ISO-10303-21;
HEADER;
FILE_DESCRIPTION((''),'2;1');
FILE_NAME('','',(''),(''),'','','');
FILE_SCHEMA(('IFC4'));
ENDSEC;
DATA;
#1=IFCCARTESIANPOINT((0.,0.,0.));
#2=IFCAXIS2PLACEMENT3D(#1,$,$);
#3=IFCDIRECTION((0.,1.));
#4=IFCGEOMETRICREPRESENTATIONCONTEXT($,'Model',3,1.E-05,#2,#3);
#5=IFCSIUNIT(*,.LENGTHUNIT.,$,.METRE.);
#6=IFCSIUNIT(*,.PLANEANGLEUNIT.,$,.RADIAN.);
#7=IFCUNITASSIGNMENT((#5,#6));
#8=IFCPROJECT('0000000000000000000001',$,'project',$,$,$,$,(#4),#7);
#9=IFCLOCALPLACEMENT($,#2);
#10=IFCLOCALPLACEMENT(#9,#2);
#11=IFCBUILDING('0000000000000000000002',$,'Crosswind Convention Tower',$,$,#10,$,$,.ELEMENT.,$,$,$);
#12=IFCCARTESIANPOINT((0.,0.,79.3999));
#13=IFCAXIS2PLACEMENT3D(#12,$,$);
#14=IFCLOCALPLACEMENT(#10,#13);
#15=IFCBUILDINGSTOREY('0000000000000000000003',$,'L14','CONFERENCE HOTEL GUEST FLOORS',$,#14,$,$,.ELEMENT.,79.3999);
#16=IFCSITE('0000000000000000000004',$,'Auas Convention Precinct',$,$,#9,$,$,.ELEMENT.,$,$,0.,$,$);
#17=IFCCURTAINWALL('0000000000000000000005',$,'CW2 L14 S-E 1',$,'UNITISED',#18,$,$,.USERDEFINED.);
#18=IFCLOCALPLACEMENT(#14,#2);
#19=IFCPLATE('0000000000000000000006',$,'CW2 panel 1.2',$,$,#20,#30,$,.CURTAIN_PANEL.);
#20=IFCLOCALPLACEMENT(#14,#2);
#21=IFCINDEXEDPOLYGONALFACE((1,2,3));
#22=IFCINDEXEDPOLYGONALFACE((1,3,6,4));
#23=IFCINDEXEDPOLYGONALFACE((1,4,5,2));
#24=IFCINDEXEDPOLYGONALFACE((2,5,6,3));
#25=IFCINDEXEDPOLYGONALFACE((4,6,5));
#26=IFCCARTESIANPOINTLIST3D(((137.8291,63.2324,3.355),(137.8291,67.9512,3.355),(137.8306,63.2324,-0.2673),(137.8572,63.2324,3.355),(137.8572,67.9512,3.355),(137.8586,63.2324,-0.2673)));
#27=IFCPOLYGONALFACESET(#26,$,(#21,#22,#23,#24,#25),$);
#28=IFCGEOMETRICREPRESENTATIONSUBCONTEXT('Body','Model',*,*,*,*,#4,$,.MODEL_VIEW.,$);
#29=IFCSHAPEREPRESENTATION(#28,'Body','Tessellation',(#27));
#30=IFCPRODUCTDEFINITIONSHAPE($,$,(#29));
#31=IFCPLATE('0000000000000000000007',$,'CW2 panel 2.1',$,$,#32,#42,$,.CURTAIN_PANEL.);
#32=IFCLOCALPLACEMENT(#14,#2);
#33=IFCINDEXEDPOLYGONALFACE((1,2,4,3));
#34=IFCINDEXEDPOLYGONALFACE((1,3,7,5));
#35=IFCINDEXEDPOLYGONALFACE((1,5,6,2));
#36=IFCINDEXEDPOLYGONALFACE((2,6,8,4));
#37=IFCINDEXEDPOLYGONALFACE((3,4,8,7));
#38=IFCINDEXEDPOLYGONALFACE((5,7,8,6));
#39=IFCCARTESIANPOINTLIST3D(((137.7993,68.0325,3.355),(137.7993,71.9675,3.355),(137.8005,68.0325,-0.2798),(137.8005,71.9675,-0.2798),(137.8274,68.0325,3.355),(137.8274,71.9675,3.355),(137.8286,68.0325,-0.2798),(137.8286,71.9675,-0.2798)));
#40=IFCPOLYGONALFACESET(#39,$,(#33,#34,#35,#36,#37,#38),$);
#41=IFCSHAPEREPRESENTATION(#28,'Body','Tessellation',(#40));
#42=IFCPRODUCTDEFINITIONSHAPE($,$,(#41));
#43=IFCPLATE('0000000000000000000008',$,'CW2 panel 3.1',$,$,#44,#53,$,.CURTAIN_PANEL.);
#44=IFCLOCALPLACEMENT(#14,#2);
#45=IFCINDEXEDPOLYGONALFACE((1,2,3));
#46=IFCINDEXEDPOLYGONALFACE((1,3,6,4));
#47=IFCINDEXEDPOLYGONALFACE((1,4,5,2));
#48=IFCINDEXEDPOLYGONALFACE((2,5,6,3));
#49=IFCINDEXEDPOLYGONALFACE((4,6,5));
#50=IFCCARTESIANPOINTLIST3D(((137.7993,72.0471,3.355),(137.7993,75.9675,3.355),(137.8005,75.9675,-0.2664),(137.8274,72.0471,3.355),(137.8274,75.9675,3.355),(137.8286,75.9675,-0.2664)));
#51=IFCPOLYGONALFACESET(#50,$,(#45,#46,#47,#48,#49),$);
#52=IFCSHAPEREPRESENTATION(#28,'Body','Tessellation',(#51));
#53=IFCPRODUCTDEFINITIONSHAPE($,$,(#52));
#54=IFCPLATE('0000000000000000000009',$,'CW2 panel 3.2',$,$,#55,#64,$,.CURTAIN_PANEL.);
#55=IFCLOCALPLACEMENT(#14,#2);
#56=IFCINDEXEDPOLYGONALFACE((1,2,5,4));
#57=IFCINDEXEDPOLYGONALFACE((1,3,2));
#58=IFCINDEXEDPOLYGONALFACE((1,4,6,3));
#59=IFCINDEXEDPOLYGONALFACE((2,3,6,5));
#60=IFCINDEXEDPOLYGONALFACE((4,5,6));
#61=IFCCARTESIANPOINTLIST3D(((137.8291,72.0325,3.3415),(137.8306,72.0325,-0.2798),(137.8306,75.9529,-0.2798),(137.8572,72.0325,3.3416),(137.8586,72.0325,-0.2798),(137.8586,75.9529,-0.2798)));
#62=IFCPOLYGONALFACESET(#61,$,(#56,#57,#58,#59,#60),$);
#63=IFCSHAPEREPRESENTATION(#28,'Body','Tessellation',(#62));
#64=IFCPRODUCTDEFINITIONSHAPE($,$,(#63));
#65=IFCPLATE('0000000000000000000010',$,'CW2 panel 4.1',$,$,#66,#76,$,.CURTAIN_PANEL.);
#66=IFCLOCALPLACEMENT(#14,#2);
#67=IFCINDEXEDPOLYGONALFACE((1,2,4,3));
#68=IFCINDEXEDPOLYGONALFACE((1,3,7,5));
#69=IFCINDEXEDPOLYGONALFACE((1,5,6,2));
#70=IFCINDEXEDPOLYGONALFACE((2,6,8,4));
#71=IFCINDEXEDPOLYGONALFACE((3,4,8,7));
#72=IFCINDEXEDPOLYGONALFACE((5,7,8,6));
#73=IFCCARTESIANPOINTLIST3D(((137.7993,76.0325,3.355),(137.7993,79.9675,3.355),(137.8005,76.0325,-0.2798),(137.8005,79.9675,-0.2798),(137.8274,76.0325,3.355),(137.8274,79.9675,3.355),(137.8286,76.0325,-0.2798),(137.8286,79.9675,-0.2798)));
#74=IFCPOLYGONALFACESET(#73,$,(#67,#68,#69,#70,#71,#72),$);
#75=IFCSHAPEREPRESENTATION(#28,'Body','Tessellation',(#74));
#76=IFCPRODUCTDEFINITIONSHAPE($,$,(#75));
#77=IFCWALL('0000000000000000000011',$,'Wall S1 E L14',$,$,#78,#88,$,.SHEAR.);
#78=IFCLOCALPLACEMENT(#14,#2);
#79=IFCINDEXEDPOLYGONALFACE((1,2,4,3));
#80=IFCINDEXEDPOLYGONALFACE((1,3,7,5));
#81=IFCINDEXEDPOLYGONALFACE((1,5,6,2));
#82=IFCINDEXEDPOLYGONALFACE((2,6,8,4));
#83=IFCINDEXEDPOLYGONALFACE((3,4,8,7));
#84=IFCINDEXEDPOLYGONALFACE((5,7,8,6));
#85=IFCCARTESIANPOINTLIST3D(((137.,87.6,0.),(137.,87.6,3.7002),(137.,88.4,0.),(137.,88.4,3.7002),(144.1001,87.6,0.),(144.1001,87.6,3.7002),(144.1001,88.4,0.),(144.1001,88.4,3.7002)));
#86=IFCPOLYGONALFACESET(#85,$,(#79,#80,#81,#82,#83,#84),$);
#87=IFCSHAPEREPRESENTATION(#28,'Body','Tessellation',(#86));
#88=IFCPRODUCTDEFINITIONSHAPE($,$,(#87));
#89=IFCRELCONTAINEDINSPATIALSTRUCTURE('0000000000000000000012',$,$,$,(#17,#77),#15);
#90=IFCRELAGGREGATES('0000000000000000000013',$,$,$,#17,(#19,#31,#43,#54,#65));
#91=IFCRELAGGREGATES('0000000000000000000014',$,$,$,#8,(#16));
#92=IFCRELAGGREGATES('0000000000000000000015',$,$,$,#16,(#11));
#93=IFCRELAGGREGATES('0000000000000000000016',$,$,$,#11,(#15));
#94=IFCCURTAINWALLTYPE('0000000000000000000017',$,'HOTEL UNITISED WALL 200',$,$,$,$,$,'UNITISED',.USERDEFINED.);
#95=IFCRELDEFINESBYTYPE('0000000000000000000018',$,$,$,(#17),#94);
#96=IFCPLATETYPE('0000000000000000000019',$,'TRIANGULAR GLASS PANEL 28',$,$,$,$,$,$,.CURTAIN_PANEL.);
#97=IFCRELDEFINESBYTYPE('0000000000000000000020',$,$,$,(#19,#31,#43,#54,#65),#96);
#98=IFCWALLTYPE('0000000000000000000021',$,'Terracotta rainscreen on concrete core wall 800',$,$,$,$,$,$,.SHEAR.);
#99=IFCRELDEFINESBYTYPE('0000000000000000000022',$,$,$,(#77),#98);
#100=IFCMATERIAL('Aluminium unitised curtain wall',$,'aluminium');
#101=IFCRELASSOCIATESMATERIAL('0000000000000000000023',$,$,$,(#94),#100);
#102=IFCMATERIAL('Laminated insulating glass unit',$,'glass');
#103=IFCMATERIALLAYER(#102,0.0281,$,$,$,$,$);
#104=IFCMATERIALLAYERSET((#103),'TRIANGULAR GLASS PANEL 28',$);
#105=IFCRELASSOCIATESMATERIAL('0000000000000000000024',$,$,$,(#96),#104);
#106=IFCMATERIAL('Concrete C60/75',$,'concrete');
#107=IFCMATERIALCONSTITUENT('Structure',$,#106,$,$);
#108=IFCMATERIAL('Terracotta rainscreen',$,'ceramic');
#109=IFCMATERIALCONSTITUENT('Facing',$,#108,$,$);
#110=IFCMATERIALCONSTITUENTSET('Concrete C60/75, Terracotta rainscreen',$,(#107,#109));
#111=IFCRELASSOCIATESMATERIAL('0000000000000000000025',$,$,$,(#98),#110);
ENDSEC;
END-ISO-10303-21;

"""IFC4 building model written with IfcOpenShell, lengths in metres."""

from ifc_helpers import new_model, si_unit, direction, frame, frame_2d, origin, place, context, subcontext, project, spatial, polyline, rectangle, outline, extrude, material, layer, layer_set, constituent, constituent_set, type_object, element, aggregate, save


model = new_model("IFC4")

# Units and contexts
model_context = context("Model", 3, precision=1e-05, world=origin(), true_north=direction((0.0, 1.0)))
body_context = subcontext(model_context, "Body", "Model", "MODEL_VIEW")
ifc_project = project(units=[si_unit("LENGTHUNIT", "METRE"), si_unit("PLANEANGLEUNIT", "RADIAN")], contexts=[model_context])

# Site, building, storey
site_placement = place(None, origin())
site = spatial("IfcSite", under=ifc_project, at=site_placement, Name="Auas Convention Precinct", CompositionType="ELEMENT", RefElevation=0.0)
building_placement = place(site_placement, origin())
building = spatial("IfcBuilding", under=site, at=building_placement, Name="Crosswind Convention Tower", CompositionType="ELEMENT")
storey_placement = place(building_placement, frame((0.0, 0.0, 79.3999)))
storey = spatial("IfcBuildingStorey", under=building, at=storey_placement, Name="L14", Description="CONFERENCE HOTEL GUEST FLOORS", CompositionType="ELEMENT", Elevation=79.3999)

# Shared definitions
ifc_material_1 = material(Name="Aluminium unitised curtain wall", Category="aluminium")
curtain_wall_type = type_object("IfcCurtainWallType", Name="HOTEL UNITISED WALL 200", ElementType="UNITISED", PredefinedType="USERDEFINED", material=ifc_material_1)

# Curtain wall, plates
curtain_wall_1_placement = place(storey_placement, origin())
curtain_wall_1 = element("IfcCurtainWall", 1, at=curtain_wall_1_placement, inside=storey, type_object=curtain_wall_type, Name="CW2 L14 S-E 1", ObjectType="UNITISED", PredefinedType="USERDEFINED")
ifc_material_2 = material(Name="Laminated insulating glass unit", Category="glass")
ifc_layer_1 = layer(ifc_material_2, 0.0281)
ifc_layer_set_1 = layer_set([ifc_layer_1], Name="TRIANGULAR GLASS PANEL 28")
plate_type = type_object("IfcPlateType", Name="TRIANGULAR GLASS PANEL 28", PredefinedType="CURTAIN_PANEL", material=ifc_layer_set_1)
plate_1_placement = place(storey_placement, frame((137.8572, 63.2324, 3.355), z_axis=(1.0, 0.0, 0.000404), x_axis=(0.000404, 0.0, -1.0)))
plate_1 = element("IfcPlate", 2, at=plate_1_placement, type_object=plate_type, Name="CW2 panel 1.2", PredefinedType="CURTAIN_PANEL", context=body_context, shape_type="SweptSolid", body=[
    extrude(outline(polyline([(0.0, 0.0), (3.6223, 0.0), (0.0, 4.7188), (0.0, 0.0)])), origin(), (0.0, 0.0, -1.0), 0.0281),
])
plate_2_placement = place(storey_placement, frame((137.8286, 68.0325, -0.2798), z_axis=(1.0, 0.0, 0.000336), x_axis=(0.0, 1.0, 0.0)))
plate_2 = element("IfcPlate", 3, at=plate_2_placement, type_object=plate_type, Name="CW2 panel 2.1", PredefinedType="CURTAIN_PANEL", context=body_context, shape_type="SweptSolid", body=[
    extrude(outline(polyline([(0.0, 0.0), (3.9351, 0.0), (3.9351, 3.6348), (0.0, 3.6348), (0.0, 0.0)])), origin(), (0.0, 0.0, -1.0), 0.0281),
])
plate_3_placement = place(storey_placement, frame((137.8274, 75.9675, 3.355), z_axis=(1.0, 0.0, 0.000337), x_axis=(0.0, -1.0, 0.0)))
plate_3 = element("IfcPlate", 4, at=plate_3_placement, type_object=plate_type, Name="CW2 panel 3.1", PredefinedType="CURTAIN_PANEL", context=body_context, shape_type="SweptSolid", body=[
    extrude(outline(polyline([(0.0, 0.0), (3.9204, 0.0), (0.0, 3.6213), (0.0, 0.0)])), origin(), (0.0, 0.0, -1.0), 0.0281),
])
plate_4_placement = place(storey_placement, frame((137.8586, 72.0325, -0.2798), z_axis=(1.0, 0.0, 0.000405), x_axis=(0.0, 1.0, 0.0)))
plate_4 = element("IfcPlate", 5, at=plate_4_placement, type_object=plate_type, Name="CW2 panel 3.2", PredefinedType="CURTAIN_PANEL", context=body_context, shape_type="SweptSolid", body=[
    extrude(outline(polyline([(0.0, 0.0), (3.9204, 0.0), (0.0, 3.6213), (0.0, 0.0)])), origin(), (0.0, 0.0, -1.0), 0.0281),
])
plate_5_placement = place(storey_placement, frame((137.8286, 76.0325, -0.2798), z_axis=(1.0, 0.0, 0.000336), x_axis=(0.0, 1.0, 0.0)))
plate_5 = element("IfcPlate", 6, at=plate_5_placement, type_object=plate_type, Name="CW2 panel 4.1", PredefinedType="CURTAIN_PANEL", context=body_context, shape_type="SweptSolid", body=[
    extrude(outline(polyline([(0.0, 0.0), (3.9351, 0.0), (3.9351, 3.6348), (0.0, 3.6348), (0.0, 0.0)])), origin(), (0.0, 0.0, -1.0), 0.0281),
])
aggregate(curtain_wall_1, [plate_1, plate_2, plate_3, plate_4, plate_5])

# Shared definitions
ifc_material_3 = material(Name="Terracotta rainscreen", Category="ceramic")

# Wall
ifc_material_4 = material(Name="Concrete C60/75", Category="concrete")
ifc_constituent_1 = constituent(ifc_material_4, Name="Structure")
ifc_constituent_2 = constituent(ifc_material_3, Name="Facing")
ifc_constituent_set = constituent_set(constituents=[ifc_constituent_1, ifc_constituent_2], Name="Concrete C60/75, Terracotta rainscreen")
wall_type_1 = type_object("IfcWallType", Name="Terracotta rainscreen on concrete core wall 800", PredefinedType="SHEAR", material=ifc_constituent_set)
wall_1_placement = place(storey_placement, frame((137.0, 88.0, 0.0), z_axis=(0.0, 0.0, 1.0), x_axis=(1.0, 0.0, 0.0)))
element("IfcWall", 7, at=wall_1_placement, inside=storey, type_object=wall_type_1, Name="Wall S1 E L14", PredefinedType="SHEAR", context=body_context, shape_type="SweptSolid", body=[
    extrude(rectangle(XDim=7.1001, YDim=0.8, at=frame_2d((3.55, 0.0))), origin(), (0.0, 0.0, 1.0), 3.7002),
])

save(model, "model.ifc")
